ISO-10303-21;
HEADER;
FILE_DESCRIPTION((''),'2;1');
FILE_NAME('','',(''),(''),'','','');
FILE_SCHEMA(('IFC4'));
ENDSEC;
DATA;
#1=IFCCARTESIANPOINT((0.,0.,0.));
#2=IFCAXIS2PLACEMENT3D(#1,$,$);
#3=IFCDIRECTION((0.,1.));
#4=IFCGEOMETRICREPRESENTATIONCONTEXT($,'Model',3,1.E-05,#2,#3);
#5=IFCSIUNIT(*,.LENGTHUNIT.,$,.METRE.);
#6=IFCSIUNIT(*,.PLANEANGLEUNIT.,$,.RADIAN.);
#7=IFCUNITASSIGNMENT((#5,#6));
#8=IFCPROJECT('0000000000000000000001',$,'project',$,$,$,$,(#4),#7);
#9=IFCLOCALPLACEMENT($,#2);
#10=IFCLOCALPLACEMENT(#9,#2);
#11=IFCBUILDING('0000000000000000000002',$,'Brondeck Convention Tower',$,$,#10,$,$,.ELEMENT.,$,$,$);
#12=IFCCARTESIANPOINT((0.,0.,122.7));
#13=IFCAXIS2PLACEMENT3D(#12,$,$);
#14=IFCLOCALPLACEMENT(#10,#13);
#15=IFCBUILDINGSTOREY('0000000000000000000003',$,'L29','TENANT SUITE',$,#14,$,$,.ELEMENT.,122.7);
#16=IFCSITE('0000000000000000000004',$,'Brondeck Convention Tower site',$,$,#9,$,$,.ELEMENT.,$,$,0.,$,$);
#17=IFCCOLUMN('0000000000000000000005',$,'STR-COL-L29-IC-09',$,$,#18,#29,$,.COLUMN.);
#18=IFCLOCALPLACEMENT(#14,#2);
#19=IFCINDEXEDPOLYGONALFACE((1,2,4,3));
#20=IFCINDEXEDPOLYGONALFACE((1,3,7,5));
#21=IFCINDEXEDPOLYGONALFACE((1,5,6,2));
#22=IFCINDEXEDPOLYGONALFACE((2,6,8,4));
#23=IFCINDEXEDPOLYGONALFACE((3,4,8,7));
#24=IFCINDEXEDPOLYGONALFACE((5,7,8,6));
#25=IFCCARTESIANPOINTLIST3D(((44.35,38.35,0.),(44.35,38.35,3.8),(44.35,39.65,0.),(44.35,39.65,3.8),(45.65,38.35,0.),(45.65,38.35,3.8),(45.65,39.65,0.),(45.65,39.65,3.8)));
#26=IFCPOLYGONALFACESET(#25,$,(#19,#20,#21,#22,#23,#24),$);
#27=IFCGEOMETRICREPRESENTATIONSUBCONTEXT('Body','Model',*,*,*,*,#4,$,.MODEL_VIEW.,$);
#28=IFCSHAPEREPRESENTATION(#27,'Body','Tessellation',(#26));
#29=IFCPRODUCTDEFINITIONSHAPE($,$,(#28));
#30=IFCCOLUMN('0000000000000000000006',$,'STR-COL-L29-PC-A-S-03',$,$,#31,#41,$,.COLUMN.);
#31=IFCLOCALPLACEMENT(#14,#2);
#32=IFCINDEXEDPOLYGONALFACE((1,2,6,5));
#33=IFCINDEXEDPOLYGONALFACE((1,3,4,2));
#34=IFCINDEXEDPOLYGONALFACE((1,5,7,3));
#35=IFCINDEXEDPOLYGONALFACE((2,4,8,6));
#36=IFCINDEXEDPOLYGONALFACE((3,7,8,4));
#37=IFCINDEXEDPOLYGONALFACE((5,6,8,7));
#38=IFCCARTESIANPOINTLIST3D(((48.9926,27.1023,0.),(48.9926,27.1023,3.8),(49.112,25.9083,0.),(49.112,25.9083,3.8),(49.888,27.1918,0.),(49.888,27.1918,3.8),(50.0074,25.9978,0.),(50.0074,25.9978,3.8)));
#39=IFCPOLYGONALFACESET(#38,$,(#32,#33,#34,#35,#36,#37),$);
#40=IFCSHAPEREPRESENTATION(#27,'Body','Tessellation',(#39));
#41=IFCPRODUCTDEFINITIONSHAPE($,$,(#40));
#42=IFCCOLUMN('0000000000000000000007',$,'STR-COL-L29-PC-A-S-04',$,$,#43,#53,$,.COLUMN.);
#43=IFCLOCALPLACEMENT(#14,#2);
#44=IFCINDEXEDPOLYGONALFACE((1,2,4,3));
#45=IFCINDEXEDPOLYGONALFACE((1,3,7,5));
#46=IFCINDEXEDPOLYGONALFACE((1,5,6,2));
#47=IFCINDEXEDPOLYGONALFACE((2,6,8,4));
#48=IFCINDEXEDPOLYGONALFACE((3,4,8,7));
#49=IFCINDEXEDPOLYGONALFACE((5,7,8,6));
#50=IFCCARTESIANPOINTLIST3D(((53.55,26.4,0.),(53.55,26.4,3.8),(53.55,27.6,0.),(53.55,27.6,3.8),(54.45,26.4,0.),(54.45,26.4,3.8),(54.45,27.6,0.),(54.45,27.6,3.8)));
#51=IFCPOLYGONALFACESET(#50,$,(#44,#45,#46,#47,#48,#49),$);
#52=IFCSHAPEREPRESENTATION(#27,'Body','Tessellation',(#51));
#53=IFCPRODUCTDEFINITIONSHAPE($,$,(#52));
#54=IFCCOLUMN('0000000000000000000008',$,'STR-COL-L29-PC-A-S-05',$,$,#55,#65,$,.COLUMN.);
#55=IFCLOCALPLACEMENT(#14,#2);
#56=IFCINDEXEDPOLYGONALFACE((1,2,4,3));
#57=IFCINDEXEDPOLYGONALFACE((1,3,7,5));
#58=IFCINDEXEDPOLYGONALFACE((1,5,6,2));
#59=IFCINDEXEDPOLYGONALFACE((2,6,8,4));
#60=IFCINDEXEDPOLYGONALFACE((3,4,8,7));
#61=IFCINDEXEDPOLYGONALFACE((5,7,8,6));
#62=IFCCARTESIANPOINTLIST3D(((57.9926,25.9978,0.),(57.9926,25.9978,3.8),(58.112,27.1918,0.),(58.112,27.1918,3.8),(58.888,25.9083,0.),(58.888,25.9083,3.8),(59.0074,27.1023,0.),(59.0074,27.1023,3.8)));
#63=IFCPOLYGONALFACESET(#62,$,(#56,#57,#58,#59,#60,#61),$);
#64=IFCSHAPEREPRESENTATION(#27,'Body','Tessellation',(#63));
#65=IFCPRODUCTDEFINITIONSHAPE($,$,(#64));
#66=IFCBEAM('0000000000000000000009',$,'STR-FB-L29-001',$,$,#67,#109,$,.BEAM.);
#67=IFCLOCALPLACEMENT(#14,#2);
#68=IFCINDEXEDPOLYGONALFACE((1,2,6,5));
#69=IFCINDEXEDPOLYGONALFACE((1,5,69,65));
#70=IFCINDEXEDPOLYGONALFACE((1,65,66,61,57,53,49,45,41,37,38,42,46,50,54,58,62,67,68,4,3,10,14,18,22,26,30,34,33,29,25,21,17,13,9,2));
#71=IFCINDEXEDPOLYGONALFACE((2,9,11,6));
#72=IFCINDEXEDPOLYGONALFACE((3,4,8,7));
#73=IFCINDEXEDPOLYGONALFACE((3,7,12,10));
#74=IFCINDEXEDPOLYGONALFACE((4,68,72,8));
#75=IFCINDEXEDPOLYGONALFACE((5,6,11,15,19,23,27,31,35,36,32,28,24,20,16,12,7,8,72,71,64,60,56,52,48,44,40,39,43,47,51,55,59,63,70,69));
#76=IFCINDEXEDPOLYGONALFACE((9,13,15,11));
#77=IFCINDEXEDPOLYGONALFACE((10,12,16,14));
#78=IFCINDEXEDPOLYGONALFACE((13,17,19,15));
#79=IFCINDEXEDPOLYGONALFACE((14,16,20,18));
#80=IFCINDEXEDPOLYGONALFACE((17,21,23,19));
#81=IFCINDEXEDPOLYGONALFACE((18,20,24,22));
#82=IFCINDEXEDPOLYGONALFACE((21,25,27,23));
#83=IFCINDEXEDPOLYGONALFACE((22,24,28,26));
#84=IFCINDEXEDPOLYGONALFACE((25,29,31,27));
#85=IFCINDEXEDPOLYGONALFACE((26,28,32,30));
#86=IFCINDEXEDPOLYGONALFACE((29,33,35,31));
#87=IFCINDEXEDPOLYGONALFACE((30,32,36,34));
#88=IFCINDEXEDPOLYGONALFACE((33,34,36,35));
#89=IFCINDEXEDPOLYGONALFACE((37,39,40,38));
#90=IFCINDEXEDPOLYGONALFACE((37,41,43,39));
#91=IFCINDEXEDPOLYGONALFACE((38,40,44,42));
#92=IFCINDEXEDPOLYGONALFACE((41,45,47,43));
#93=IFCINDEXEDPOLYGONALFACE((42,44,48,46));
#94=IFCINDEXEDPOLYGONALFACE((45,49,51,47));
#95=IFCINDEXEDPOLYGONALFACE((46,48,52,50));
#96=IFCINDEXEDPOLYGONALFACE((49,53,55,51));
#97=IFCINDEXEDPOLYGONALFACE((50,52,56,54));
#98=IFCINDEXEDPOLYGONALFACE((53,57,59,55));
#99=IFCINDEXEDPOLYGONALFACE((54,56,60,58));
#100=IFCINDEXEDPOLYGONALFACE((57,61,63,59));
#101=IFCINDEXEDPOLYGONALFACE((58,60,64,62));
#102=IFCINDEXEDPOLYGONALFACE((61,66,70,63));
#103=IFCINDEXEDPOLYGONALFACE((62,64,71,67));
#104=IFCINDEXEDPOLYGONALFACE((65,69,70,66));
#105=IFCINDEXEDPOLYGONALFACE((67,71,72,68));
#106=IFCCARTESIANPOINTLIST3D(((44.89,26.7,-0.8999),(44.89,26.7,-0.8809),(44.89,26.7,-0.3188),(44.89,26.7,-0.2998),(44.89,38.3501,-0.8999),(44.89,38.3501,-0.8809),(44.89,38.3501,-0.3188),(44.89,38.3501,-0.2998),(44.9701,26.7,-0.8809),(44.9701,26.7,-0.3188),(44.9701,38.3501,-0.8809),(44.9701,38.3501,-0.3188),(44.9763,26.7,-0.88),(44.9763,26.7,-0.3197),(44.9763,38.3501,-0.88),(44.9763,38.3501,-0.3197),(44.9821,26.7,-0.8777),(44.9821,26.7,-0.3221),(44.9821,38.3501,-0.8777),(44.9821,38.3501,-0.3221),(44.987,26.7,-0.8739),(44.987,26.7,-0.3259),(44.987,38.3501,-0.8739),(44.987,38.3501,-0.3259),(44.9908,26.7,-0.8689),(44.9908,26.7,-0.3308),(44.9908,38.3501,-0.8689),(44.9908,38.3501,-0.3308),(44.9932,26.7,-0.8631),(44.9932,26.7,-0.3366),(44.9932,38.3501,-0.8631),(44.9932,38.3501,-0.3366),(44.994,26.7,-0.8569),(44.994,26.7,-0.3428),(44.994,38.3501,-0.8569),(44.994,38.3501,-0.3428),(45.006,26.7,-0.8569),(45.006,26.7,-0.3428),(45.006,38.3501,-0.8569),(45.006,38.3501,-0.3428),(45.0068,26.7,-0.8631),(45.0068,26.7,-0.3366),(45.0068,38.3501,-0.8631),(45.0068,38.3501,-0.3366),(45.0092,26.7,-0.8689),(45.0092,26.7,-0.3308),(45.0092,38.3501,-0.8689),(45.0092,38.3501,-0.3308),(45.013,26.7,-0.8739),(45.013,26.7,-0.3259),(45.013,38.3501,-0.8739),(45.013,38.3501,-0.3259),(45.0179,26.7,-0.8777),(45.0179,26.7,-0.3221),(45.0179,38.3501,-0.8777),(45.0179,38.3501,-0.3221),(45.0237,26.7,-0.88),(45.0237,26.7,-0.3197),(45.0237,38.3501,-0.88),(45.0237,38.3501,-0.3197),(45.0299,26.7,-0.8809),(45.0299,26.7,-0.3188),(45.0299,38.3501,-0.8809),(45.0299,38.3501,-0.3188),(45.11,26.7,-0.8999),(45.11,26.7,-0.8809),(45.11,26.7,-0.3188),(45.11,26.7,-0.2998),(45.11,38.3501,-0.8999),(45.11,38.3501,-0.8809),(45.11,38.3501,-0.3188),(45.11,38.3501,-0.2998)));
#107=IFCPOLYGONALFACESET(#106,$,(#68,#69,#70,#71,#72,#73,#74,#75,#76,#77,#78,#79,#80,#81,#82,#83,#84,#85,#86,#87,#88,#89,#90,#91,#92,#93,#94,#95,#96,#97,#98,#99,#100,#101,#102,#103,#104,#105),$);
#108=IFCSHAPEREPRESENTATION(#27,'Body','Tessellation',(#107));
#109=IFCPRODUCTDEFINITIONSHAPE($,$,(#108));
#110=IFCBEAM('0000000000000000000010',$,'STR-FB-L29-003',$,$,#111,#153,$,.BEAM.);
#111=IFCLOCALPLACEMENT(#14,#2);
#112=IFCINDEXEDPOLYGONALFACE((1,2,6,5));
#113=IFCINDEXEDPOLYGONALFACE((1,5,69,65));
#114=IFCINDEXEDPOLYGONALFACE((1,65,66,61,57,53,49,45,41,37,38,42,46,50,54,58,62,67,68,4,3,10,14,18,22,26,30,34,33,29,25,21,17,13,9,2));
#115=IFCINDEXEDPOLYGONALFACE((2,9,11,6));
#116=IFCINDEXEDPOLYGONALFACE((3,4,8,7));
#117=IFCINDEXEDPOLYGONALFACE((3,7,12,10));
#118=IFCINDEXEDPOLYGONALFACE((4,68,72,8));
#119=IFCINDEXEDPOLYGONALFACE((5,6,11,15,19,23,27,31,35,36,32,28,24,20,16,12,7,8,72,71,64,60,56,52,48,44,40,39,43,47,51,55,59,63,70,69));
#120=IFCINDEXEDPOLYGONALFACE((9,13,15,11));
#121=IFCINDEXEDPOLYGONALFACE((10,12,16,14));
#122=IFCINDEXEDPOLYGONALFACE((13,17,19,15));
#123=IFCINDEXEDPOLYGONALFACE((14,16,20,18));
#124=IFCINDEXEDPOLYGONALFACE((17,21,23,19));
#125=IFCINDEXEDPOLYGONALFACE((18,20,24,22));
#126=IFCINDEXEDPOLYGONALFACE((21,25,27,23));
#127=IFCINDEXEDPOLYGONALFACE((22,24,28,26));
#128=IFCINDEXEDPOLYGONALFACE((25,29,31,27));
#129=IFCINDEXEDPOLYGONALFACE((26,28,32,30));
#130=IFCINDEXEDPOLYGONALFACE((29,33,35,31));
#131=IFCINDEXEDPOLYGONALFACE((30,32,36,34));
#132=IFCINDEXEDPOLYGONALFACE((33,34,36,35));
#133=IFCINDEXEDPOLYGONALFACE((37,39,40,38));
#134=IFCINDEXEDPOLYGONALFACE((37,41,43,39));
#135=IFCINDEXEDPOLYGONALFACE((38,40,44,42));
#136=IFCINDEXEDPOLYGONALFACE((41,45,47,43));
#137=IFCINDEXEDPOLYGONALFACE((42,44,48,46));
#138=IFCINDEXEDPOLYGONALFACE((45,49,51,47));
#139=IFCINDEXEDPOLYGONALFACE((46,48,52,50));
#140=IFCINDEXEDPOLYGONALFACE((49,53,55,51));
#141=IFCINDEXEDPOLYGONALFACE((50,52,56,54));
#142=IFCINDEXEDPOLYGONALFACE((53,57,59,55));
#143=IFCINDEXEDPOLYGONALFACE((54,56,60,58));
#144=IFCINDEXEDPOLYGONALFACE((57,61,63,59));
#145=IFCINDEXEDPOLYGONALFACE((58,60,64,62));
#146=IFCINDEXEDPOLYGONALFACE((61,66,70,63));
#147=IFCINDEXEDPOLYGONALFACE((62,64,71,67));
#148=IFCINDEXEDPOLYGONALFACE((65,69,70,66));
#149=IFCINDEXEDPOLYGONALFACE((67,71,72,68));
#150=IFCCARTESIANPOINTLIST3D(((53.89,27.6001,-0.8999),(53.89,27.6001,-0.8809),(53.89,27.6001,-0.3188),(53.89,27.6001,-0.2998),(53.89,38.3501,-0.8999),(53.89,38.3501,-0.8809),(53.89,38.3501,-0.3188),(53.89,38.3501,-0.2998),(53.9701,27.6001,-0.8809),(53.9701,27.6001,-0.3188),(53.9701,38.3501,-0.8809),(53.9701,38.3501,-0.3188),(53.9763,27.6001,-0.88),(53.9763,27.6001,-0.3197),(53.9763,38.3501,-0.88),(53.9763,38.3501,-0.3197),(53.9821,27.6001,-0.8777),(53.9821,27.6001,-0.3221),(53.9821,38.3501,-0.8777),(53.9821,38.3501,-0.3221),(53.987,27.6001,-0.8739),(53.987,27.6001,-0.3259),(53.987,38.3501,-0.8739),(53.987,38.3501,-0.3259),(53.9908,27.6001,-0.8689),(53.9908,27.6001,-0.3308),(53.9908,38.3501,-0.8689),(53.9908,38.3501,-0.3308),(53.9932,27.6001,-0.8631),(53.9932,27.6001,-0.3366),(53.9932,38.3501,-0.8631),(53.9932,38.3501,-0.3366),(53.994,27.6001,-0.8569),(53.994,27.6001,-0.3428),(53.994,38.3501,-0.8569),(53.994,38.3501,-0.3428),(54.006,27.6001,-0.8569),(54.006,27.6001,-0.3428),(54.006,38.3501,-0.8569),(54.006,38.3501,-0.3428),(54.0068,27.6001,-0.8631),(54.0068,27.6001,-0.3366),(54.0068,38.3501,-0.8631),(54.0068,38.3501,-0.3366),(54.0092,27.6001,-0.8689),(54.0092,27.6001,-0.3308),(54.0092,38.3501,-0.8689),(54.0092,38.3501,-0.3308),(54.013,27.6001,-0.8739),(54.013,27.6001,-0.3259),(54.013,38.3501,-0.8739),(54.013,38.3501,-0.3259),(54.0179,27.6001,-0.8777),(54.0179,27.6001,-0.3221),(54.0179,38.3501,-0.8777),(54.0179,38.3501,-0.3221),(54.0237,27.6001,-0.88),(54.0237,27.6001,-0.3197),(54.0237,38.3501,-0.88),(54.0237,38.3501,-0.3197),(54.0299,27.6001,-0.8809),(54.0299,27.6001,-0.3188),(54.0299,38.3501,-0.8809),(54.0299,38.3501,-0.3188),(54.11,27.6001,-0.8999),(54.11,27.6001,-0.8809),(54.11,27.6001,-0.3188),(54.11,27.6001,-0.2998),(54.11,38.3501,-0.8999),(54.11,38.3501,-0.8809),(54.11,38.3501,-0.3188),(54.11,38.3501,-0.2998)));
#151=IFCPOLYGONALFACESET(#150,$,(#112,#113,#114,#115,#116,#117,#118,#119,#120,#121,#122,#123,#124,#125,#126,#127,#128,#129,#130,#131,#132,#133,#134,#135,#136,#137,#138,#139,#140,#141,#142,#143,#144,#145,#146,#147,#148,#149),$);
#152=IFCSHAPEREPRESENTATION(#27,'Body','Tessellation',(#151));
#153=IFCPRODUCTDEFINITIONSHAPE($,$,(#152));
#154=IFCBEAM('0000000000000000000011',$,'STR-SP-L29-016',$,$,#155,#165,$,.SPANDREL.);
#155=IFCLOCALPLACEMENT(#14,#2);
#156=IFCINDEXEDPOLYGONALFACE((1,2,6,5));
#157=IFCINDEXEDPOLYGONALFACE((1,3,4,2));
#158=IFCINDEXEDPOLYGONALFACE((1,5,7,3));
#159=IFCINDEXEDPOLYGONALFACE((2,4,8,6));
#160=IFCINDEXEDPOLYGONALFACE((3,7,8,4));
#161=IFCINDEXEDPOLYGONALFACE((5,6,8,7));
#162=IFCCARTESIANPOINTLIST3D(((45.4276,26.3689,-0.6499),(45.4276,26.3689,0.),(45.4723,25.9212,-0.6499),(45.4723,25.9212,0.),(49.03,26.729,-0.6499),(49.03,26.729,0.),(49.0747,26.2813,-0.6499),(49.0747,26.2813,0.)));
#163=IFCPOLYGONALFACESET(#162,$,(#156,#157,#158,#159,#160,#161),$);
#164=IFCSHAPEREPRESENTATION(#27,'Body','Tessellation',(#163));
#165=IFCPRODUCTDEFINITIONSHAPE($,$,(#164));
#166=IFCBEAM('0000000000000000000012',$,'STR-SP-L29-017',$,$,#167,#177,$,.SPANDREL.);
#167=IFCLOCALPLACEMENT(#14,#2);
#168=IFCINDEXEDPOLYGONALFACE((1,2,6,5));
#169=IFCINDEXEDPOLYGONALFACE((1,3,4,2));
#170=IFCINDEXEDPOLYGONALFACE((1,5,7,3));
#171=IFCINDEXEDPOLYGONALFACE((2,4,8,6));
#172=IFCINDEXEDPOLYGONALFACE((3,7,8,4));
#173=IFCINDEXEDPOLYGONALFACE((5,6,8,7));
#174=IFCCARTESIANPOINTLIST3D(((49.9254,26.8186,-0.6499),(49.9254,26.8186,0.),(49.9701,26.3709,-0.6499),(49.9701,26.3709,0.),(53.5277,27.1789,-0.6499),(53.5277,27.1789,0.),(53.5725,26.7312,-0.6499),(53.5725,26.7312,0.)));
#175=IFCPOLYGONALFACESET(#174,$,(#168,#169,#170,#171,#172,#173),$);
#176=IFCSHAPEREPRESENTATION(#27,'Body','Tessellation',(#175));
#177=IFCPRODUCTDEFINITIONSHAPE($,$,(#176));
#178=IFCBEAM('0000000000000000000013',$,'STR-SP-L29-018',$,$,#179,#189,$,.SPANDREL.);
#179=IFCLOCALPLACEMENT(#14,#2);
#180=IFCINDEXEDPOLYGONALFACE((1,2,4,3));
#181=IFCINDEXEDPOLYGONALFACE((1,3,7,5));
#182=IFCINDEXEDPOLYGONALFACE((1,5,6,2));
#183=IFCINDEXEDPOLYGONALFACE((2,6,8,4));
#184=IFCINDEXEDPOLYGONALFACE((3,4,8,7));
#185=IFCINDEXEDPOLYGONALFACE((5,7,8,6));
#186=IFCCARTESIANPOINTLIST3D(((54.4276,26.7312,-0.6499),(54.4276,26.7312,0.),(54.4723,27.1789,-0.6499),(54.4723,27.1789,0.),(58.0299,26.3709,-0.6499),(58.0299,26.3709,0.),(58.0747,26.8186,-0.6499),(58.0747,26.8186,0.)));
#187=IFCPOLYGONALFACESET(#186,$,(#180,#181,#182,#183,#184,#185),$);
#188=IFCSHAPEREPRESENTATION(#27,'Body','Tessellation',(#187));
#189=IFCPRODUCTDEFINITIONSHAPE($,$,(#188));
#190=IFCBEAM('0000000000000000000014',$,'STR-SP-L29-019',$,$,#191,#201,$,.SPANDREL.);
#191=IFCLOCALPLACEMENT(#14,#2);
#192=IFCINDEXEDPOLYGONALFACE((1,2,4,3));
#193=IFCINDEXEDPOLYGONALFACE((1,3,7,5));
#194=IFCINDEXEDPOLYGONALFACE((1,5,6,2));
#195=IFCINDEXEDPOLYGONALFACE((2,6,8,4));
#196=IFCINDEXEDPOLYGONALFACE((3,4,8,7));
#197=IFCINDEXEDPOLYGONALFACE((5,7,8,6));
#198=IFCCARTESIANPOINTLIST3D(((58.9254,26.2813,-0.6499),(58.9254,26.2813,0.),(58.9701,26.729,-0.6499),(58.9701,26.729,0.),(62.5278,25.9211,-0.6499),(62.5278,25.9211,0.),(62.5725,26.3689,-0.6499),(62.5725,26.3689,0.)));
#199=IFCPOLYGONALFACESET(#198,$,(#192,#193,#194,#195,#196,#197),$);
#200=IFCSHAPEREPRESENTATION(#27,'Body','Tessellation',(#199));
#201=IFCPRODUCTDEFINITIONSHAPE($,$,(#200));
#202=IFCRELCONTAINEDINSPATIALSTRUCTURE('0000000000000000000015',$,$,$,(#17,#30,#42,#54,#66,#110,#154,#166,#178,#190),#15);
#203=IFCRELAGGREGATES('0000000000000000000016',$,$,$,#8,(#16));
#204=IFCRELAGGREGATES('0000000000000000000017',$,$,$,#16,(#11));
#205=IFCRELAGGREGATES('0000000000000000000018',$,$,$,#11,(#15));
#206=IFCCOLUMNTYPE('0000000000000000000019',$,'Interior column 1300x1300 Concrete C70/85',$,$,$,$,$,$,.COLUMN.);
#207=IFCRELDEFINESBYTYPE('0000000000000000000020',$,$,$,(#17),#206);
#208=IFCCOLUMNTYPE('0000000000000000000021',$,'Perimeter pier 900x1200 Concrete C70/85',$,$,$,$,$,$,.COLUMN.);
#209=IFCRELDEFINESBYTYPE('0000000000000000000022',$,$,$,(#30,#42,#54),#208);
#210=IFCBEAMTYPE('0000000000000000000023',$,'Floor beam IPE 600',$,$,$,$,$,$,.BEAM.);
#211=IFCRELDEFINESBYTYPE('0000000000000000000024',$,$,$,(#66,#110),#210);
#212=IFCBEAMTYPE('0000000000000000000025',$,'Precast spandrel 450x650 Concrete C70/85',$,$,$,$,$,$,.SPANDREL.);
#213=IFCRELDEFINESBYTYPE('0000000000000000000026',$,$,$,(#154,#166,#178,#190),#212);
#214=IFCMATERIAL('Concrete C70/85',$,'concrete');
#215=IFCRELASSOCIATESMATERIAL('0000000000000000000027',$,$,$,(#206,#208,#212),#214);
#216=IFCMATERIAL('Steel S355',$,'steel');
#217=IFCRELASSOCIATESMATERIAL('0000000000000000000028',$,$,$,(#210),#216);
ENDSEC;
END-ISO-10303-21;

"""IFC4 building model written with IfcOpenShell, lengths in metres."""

from ifc_helpers import new_model, si_unit, direction, frame, origin, origin_2d, place, context, subcontext, project, spatial, rectangle, i_section, extrude, material, material_profile, profile_set, type_object, element, save


model = new_model("IFC4")

# Units and contexts
model_context = context("Model", 3, precision=1e-05, world=origin(), true_north=direction((0.0, 1.0)))
body_context = subcontext(model_context, "Body", "Model", "MODEL_VIEW")
ifc_project = project(units=[si_unit("LENGTHUNIT", "METRE"), si_unit("PLANEANGLEUNIT", "RADIAN")], contexts=[model_context])

# Site, building, storey
site_placement = place(None, origin())
site = spatial("IfcSite", under=ifc_project, at=site_placement, Name="Brondeck Convention Tower site", CompositionType="ELEMENT", RefElevation=0.0)
building_placement = place(site_placement, origin())
building = spatial("IfcBuilding", under=site, at=building_placement, Name="Brondeck Convention Tower", CompositionType="ELEMENT")
storey_placement = place(building_placement, frame((0.0, 0.0, 122.7)))
storey = spatial("IfcBuildingStorey", under=building, at=storey_placement, Name="L29", Description="TENANT SUITE", CompositionType="ELEMENT", Elevation=122.7)

# Columns
ifc_material_1 = material(Name="Concrete C70/85", Category="concrete")
ifc_material_profile_1 = material_profile(ifc_material_1, rectangle(XDim=1.3, YDim=1.3, at=origin_2d()), Name="Interior column 1300x1300 Concrete C70/85")
ifc_profile_set_1 = profile_set([ifc_material_profile_1], Name="Concrete C70/85")
column_type_1 = type_object("IfcColumnType", Name="Interior column 1300x1300 Concrete C70/85", PredefinedType="COLUMN", material=ifc_profile_set_1)
column_placement = place(storey_placement, frame((45.0, 39.0, 0.0), z_axis=(0.0, 0.0, 1.0), x_axis=(1.0, 0.0, 0.0)))
element("IfcColumn", 1, at=column_placement, inside=storey, type_object=column_type_1, Name="STR-COL-L29-IC-09", PredefinedType="COLUMN", context=body_context, shape_type="SweptSolid", body=[
    extrude(rectangle(XDim=1.3, YDim=1.3, at=origin_2d()), origin(), (0.0, 0.0, 1.0), 3.8),
])
ifc_material_profile_2 = material_profile(ifc_material_1, rectangle(XDim=0.8999, YDim=1.2, at=origin_2d()), Name="Perimeter pier 900x1200 Concrete C70/85")
ifc_profile_set_2 = profile_set([ifc_material_profile_2], Name="Concrete C70/85")
column_type_2 = type_object("IfcColumnType", Name="Perimeter pier 900x1200 Concrete C70/85", PredefinedType="COLUMN", material=ifc_profile_set_2)
for number, where, z_axis, x_axis, name in (
    (2, (49.5, 26.55, 0.0), (0.0, 0.0, 1.0), (0.995037, 0.099504, 0.0), "STR-COL-L29-PC-A-S-03"),
    (3, (54.0, 27.0, 0.0), (0.0, 0.0, 1.0), (1.0, 0.0, 0.0), "STR-COL-L29-PC-A-S-04"),
    (4, (58.5, 26.55, 0.0), (0.0, 0.0, 1.0), (0.995037, -0.099504, 0.0), "STR-COL-L29-PC-A-S-05"),
):
    element("IfcColumn", number, at=place(storey_placement, frame(where, z_axis=z_axis, x_axis=x_axis)), inside=storey, type_object=column_type_2, Name=name, PredefinedType="COLUMN", context=body_context, shape_type="SweptSolid", body=[
        extrude(rectangle(XDim=0.8999, YDim=1.2, at=origin_2d()), origin(), (0.0, 0.0, 1.0), 3.8),
    ])

# Beams
ifc_material_2 = material(Name="Steel S355", Category="steel")
ifc_material_profile_3 = material_profile(ifc_material_2, i_section(OverallWidth=0.22, OverallDepth=0.6001, WebThickness=0.012, FlangeThickness=0.019, FilletRadius=0.0239, at=origin_2d()), Name="IPE 600")
ifc_profile_set_3 = profile_set([ifc_material_profile_3], Name="Steel S355")
beam_type_1 = type_object("IfcBeamType", Name="Floor beam IPE 600", PredefinedType="BEAM", material=ifc_profile_set_3)
beam_1_placement = place(storey_placement, frame((45.0, 26.7, -0.5999), z_axis=(0.0, 1.0, 0.0), x_axis=(-1.0, 0.0, 0.0)))
element("IfcBeam", 5, at=beam_1_placement, inside=storey, type_object=beam_type_1, Name="STR-FB-L29-001", PredefinedType="BEAM", context=body_context, shape_type="SweptSolid", body=[
    extrude(i_section(OverallWidth=0.22, OverallDepth=0.6001, WebThickness=0.012, FlangeThickness=0.019, FilletRadius=0.0239, at=origin_2d()), origin(), (0.0, 0.0, 1.0), 11.6501),
])
beam_2_placement = place(storey_placement, frame((54.0, 27.6001, -0.5999), z_axis=(0.0, 1.0, 0.0), x_axis=(-1.0, 0.0, 0.0)))
element("IfcBeam", 6, at=beam_2_placement, inside=storey, type_object=beam_type_1, Name="STR-FB-L29-003", PredefinedType="BEAM", context=body_context, shape_type="SweptSolid", body=[
    extrude(i_section(OverallWidth=0.22, OverallDepth=0.6001, WebThickness=0.012, FlangeThickness=0.019, FilletRadius=0.0239, at=origin_2d()), origin(), (0.0, 0.0, 1.0), 10.75),
])
ifc_material_profile_4 = material_profile(ifc_material_1, rectangle(XDim=0.45, YDim=0.6499, at=origin_2d()), Name="Precast spandrel 450x650 Concrete C70/85")
ifc_profile_set_4 = profile_set([ifc_material_profile_4], Name="Concrete C70/85")
beam_type_2 = type_object("IfcBeamType", Name="Precast spandrel 450x650 Concrete C70/85", PredefinedType="SPANDREL", material=ifc_profile_set_4)
for number, where, z_axis, x_axis, name in (
    (7, (45.45, 26.145, -0.325), (0.995041, 0.09947, 0.0), (-0.09947, 0.995041, 0.0), "STR-SP-L29-016"),
    (8, (49.9478, 26.5947, -0.325), (0.995034, 0.099537, 0.0), (-0.099537, 0.995034, 0.0), "STR-SP-L29-017"),
    (9, (54.45, 26.9551, -0.325), (0.995034, -0.099537, 0.0), (0.099537, 0.995034, 0.0), "STR-SP-L29-018"),
    (10, (58.9478, 26.5051, -0.325), (0.995041, -0.09947, 0.0), (0.09947, 0.995041, 0.0), "STR-SP-L29-019"),
):
    element("IfcBeam", number, at=place(storey_placement, frame(where, z_axis=z_axis, x_axis=x_axis)), inside=storey, type_object=beam_type_2, Name=name, PredefinedType="SPANDREL", context=body_context, shape_type="SweptSolid", body=[
        extrude(rectangle(XDim=0.45, YDim=0.6499, at=origin_2d()), origin(), (0.0, 0.0, 1.0), 3.6204),
    ])

save(model, "model.ifc")
